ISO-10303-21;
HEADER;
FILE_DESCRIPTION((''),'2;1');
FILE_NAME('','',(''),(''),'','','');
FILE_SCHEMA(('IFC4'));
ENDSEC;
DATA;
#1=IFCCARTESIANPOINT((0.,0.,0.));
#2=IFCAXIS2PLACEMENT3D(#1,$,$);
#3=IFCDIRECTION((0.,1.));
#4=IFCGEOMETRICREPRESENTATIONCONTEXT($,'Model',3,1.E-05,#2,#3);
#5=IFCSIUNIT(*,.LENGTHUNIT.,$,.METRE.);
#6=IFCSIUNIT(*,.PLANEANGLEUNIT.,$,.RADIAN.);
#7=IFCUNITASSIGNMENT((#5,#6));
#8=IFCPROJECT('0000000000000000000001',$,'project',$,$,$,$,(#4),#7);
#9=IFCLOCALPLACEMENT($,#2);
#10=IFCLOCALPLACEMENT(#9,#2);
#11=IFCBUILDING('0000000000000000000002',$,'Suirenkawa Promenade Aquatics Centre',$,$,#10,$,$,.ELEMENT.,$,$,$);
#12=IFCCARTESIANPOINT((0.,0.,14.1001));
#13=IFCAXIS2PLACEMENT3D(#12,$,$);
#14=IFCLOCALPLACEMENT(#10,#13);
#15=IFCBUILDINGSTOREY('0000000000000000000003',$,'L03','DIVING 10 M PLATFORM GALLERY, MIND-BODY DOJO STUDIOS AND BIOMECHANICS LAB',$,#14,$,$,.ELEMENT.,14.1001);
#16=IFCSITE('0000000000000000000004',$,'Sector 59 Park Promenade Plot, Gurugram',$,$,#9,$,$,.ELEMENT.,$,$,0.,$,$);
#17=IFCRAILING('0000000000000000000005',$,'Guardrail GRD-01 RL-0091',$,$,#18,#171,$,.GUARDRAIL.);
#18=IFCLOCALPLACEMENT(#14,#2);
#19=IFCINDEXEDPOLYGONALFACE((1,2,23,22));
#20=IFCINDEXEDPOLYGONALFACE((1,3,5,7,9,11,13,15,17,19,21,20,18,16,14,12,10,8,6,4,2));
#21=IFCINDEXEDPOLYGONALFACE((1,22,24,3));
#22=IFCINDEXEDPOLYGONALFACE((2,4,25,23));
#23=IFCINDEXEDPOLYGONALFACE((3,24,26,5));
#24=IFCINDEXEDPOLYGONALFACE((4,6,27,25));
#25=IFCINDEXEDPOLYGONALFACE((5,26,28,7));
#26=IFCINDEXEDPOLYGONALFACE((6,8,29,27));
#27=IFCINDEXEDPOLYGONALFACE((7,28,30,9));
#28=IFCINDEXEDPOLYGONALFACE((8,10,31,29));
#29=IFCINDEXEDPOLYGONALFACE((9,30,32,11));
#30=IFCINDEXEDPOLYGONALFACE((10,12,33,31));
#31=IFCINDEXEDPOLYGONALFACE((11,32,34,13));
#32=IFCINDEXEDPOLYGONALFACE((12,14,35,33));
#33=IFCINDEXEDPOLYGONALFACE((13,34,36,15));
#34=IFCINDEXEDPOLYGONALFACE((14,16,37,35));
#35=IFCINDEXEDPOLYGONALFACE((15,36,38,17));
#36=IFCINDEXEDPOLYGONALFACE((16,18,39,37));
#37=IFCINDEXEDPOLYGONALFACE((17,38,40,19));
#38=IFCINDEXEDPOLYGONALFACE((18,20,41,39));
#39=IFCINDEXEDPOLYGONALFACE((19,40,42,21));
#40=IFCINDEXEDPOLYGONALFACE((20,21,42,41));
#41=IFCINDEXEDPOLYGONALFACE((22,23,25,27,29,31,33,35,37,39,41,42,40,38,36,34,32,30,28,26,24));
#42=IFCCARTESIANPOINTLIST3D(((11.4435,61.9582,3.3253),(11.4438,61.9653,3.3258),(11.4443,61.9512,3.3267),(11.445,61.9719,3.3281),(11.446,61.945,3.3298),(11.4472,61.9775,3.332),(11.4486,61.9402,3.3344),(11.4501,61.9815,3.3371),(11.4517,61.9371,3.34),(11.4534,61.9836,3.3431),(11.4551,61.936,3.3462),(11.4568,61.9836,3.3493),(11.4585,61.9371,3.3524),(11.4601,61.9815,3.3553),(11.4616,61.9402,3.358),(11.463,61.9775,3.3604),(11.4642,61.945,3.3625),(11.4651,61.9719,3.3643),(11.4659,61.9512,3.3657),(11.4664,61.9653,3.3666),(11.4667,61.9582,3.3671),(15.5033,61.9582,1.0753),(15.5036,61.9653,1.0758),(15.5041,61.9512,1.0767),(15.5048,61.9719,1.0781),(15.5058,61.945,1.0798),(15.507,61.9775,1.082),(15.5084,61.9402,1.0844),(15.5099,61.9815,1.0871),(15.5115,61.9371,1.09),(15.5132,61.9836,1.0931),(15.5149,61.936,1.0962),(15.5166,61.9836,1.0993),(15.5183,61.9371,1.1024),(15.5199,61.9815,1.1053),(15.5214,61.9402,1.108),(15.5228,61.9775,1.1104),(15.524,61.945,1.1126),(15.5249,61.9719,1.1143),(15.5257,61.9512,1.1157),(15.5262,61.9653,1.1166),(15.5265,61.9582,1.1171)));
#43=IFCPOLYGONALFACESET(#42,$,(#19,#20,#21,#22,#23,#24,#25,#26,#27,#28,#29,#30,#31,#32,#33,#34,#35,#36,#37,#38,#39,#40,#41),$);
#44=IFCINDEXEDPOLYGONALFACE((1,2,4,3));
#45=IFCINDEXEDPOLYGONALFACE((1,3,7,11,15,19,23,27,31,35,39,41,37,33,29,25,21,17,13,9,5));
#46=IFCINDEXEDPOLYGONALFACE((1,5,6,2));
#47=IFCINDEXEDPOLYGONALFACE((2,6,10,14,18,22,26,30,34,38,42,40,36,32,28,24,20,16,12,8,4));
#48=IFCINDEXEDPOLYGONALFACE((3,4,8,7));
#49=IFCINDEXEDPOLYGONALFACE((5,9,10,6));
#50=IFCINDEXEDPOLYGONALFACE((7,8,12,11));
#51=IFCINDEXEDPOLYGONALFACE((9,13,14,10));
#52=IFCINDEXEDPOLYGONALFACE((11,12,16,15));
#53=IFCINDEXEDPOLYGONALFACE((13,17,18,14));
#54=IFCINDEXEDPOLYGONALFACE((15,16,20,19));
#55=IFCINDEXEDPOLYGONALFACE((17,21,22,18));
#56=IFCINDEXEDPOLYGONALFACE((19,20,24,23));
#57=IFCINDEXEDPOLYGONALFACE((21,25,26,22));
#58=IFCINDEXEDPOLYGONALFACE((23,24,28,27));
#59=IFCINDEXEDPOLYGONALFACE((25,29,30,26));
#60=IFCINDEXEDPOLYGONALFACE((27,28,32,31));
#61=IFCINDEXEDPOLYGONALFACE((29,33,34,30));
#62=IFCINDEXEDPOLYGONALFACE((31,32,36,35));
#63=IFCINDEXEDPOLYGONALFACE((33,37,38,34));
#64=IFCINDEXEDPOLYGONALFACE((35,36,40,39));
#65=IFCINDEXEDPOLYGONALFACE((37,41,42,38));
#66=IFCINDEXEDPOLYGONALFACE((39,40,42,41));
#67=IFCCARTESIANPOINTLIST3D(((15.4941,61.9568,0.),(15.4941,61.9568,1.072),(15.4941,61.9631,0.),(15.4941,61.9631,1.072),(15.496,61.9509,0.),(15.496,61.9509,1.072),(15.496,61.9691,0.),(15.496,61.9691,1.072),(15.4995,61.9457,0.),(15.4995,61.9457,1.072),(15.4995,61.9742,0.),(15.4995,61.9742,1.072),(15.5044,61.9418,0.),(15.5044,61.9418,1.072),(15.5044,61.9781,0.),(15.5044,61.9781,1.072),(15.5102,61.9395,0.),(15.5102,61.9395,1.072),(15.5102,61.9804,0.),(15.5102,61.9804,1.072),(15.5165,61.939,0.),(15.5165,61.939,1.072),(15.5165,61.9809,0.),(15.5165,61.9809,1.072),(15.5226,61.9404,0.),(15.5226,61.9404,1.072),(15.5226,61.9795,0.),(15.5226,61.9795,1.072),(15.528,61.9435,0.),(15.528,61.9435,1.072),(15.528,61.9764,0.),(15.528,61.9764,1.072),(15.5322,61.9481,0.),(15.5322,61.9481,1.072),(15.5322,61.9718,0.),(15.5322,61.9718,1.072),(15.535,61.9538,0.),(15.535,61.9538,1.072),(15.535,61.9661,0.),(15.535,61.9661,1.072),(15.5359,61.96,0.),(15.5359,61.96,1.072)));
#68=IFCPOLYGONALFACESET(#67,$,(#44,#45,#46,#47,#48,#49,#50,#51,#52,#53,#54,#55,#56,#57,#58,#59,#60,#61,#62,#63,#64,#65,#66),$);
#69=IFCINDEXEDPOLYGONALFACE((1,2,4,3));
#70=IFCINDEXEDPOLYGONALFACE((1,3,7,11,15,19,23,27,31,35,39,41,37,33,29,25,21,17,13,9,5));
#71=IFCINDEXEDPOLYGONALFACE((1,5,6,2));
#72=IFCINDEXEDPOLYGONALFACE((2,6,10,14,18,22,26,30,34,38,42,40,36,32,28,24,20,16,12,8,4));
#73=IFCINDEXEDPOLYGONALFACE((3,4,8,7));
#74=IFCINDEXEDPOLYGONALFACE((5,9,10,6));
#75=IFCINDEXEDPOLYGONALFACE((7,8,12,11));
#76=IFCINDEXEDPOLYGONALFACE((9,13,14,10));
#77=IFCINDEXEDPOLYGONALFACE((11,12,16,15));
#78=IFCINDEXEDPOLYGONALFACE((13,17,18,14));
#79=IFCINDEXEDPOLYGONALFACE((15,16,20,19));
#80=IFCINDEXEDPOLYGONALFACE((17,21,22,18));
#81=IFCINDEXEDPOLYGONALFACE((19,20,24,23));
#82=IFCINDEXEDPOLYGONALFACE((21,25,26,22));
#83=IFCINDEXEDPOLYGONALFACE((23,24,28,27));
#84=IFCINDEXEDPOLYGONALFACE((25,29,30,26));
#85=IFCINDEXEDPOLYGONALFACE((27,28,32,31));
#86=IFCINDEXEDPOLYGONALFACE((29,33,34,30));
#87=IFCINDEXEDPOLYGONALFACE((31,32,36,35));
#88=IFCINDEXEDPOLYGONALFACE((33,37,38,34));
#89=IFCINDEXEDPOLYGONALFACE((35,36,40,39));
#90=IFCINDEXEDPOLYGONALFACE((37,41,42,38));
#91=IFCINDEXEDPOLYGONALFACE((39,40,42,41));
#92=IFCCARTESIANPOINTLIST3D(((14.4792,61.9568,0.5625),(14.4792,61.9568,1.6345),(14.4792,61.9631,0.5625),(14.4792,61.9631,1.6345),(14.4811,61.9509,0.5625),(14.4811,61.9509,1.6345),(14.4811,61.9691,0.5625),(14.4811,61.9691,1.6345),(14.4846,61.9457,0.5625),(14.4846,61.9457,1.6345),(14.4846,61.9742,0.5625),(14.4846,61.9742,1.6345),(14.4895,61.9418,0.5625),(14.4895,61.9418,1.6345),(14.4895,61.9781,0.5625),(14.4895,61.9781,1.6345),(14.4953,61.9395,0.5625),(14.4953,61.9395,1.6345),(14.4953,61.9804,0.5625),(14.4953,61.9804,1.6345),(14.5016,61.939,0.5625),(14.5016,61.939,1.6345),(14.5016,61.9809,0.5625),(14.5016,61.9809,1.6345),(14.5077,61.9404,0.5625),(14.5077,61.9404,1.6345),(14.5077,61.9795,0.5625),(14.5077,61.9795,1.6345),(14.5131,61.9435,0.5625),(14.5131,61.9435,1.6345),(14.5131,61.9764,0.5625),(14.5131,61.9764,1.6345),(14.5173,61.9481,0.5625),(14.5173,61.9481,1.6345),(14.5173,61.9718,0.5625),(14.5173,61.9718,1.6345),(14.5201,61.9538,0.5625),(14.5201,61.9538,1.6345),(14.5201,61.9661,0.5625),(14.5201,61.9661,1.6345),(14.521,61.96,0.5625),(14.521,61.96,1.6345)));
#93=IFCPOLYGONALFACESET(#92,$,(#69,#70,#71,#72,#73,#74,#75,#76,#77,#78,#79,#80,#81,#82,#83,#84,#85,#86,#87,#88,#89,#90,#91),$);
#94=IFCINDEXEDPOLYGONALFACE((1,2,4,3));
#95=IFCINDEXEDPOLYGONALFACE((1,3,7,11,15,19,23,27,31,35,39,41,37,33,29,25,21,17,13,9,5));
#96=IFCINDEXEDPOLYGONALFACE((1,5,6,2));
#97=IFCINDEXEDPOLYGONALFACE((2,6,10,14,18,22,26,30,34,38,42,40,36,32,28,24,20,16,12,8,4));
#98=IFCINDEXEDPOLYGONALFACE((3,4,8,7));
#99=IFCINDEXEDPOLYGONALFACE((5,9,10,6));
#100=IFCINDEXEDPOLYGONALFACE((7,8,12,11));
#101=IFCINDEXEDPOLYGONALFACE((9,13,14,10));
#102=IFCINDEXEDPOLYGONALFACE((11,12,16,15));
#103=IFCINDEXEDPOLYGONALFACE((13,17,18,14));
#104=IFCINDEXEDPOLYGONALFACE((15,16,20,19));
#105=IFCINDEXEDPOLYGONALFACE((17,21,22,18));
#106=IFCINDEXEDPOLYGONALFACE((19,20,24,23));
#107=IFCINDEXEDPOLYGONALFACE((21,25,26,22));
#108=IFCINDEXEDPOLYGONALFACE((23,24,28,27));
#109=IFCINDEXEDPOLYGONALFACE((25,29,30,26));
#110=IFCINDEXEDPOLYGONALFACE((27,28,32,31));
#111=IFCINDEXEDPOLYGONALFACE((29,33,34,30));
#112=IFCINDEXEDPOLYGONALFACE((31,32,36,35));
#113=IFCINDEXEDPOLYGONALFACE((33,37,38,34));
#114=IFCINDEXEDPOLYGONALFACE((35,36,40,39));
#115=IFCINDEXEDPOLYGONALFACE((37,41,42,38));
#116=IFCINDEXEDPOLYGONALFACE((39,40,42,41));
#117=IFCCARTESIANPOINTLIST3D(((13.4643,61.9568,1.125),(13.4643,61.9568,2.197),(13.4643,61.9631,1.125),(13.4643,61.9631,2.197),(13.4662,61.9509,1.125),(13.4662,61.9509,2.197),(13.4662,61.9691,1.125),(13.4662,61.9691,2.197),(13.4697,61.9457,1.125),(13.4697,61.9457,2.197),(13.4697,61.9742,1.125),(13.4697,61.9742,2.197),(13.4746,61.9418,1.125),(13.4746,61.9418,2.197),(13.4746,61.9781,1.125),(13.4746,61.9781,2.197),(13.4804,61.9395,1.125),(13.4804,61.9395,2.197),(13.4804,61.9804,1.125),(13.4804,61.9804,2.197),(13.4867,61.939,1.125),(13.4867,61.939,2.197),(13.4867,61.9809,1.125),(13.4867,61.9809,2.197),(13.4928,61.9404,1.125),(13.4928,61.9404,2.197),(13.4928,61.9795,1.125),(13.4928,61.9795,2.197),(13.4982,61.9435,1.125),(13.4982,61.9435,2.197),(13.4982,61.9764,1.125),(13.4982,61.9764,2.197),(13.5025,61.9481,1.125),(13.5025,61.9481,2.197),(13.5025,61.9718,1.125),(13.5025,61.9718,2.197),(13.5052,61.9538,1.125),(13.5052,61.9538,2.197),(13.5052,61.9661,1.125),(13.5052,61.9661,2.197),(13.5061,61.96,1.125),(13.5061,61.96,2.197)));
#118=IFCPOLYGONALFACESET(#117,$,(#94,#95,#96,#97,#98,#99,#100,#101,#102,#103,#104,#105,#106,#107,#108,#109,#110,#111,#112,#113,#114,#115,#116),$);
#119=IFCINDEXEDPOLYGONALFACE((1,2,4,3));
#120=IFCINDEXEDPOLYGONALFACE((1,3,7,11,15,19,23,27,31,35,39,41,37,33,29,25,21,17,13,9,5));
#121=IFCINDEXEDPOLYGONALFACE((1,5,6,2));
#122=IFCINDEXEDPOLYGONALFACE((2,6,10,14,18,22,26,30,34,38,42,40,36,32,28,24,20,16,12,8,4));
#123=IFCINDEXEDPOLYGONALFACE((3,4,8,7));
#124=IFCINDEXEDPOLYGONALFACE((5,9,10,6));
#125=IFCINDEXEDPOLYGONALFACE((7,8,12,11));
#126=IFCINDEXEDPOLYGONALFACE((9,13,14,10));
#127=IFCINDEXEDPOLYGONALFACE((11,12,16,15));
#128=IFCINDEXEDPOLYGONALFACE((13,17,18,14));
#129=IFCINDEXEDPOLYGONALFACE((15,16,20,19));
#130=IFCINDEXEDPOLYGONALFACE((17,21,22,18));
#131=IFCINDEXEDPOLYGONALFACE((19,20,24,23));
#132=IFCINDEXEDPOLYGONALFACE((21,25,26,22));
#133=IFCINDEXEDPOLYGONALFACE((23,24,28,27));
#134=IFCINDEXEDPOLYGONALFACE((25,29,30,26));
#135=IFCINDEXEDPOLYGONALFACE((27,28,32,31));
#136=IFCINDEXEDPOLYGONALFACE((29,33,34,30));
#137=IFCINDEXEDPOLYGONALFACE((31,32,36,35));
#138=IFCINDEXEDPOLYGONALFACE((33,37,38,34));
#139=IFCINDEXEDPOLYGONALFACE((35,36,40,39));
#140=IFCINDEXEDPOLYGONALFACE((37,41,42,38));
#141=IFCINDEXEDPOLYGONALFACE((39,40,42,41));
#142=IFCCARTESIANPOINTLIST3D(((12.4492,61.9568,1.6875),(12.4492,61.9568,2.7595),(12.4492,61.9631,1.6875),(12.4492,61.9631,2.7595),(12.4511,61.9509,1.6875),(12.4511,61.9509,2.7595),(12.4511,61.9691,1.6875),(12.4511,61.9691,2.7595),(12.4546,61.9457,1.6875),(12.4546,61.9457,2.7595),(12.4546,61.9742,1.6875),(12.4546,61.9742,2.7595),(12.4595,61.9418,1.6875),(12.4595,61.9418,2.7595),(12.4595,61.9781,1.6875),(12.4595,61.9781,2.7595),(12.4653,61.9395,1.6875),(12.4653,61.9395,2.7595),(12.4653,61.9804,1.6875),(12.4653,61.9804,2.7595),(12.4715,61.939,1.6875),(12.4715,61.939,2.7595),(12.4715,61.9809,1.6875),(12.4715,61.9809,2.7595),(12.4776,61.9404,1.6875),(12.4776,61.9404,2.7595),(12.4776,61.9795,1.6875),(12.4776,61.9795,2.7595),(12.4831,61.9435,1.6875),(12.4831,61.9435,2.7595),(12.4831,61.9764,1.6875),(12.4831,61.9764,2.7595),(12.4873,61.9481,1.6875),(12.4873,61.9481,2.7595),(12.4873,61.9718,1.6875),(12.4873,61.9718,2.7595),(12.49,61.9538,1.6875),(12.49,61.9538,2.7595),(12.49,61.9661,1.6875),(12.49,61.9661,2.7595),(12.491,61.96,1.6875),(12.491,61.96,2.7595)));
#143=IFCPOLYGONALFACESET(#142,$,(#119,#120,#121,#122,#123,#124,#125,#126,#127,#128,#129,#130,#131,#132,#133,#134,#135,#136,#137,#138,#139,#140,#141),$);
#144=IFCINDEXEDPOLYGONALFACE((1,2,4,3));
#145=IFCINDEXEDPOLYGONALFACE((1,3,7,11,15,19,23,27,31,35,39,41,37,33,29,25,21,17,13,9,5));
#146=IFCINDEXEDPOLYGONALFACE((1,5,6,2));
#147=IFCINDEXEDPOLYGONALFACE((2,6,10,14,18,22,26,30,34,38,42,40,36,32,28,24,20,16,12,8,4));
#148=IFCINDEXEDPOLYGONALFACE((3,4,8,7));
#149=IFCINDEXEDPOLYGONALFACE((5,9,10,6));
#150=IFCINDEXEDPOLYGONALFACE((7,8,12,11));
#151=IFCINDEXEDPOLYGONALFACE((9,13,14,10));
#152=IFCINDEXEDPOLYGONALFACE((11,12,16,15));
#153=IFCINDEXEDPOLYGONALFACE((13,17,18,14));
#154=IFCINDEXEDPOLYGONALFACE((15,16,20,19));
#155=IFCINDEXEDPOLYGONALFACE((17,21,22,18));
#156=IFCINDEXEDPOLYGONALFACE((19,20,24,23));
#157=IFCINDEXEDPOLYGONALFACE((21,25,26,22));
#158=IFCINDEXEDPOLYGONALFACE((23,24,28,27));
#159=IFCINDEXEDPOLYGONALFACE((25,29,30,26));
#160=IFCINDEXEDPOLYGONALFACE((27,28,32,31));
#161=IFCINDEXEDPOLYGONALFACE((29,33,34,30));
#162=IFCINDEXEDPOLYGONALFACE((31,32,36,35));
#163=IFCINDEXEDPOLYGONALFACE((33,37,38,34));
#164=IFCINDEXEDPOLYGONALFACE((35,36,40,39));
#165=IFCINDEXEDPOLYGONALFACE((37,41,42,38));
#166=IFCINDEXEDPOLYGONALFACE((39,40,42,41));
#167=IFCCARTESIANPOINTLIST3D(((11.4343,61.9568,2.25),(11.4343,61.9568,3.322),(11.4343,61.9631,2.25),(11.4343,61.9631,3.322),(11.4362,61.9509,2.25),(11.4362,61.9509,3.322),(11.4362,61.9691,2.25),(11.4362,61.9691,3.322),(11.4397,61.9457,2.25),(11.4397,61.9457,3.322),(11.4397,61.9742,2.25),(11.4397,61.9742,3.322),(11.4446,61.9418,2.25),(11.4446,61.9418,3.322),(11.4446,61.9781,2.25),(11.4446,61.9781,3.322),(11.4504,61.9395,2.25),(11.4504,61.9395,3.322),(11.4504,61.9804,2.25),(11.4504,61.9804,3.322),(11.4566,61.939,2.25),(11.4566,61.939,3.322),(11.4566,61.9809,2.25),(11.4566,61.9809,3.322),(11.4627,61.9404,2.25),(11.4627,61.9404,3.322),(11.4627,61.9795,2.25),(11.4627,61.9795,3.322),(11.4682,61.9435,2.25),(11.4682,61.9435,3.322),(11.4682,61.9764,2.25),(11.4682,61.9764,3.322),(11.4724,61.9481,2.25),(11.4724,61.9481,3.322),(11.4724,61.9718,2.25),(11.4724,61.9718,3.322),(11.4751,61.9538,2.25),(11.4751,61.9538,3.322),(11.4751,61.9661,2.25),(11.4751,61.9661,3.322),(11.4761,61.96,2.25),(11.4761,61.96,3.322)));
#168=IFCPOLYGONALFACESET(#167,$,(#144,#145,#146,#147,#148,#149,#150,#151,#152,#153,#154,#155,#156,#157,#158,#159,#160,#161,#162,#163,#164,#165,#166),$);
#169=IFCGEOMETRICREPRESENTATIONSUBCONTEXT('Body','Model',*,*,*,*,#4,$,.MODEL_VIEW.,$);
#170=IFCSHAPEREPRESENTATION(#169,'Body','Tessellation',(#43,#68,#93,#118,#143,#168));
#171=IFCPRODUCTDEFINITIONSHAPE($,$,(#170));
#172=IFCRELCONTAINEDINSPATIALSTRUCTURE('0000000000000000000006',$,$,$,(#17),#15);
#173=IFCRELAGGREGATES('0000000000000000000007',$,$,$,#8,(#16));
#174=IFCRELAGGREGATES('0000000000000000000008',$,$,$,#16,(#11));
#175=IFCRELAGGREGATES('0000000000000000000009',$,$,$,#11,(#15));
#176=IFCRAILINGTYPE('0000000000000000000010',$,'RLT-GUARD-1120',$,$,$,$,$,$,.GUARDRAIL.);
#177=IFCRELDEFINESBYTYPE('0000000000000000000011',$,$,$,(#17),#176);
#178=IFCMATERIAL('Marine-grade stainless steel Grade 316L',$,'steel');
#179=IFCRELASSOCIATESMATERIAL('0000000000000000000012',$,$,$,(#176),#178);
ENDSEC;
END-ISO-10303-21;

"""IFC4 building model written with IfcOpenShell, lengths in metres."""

from ifc_helpers import new_model, si_unit, direction, frame, origin, origin_2d, place, context, subcontext, project, spatial, circle, extrude, material, type_object, element, save


model = new_model("IFC4")

# Units and contexts
model_context = context("Model", 3, precision=1e-05, world=origin(), true_north=direction((0.0, 1.0)))
body_context = subcontext(model_context, "Body", "Model", "MODEL_VIEW")
ifc_project = project(units=[si_unit("LENGTHUNIT", "METRE"), si_unit("PLANEANGLEUNIT", "RADIAN")], contexts=[model_context])

# Site, building, storey
site_placement = place(None, origin())
site = spatial("IfcSite", under=ifc_project, at=site_placement, Name="Sector 59 Park Promenade Plot, Gurugram", CompositionType="ELEMENT", RefElevation=0.0)
building_placement = place(site_placement, origin())
building = spatial("IfcBuilding", under=site, at=building_placement, Name="Suirenkawa Promenade Aquatics Centre", CompositionType="ELEMENT")
storey_placement = place(building_placement, frame((0.0, 0.0, 14.1001)))
storey = spatial("IfcBuildingStorey", under=building, at=storey_placement, Name="L03", Description="DIVING 10 M PLATFORM GALLERY, MIND-BODY DOJO STUDIOS AND BIOMECHANICS LAB", CompositionType="ELEMENT", Elevation=14.1001)

# Shared definitions
ifc_material_1 = material(Name="Marine-grade stainless steel Grade 316L", Category="steel")

# Railing
railing_type_1 = type_object("IfcRailingType", Name="RLT-GUARD-1120", PredefinedType="GUARDRAIL", material=ifc_material_1)
for number, where, name in (
    (1, (15.5149, 61.96, 0.0), "Guardrail GRD-01 RL-0091"),
):
    element("IfcRailing", number, at=place(storey_placement, frame(where)), inside=storey, type_object=railing_type_1, Name=name, PredefinedType="GUARDRAIL", context=body_context, shape_type="SweptSolid", body=[
        extrude(circle(Radius=0.0239, at=origin_2d()), frame((0.0, 0.0, 1.0962), z_axis=(-0.874656, 0.0, 0.484745), x_axis=(0.0, -1.0, 0.0)), (0.0, 0.0, 1.0), 4.6416),
        extrude(circle(Radius=0.021, at=origin_2d()), origin(), (0.0, 0.0, 1.0), 1.072),
        extrude(circle(Radius=0.021, at=origin_2d()), frame((-1.0149, 0.0, 0.5625)), (0.0, 0.0, 1.0), 1.072),
        extrude(circle(Radius=0.021, at=origin_2d()), frame((-2.0298, 0.0, 1.125)), (0.0, 0.0, 1.0), 1.072),
        extrude(circle(Radius=0.021, at=origin_2d()), frame((-3.0449, 0.0, 1.6875)), (0.0, 0.0, 1.0), 1.072),
        extrude(circle(Radius=0.021, at=origin_2d()), frame((-4.0598, 0.0, 2.25)), (0.0, 0.0, 1.0), 1.072),
    ])

save(model, "model.ifc")
